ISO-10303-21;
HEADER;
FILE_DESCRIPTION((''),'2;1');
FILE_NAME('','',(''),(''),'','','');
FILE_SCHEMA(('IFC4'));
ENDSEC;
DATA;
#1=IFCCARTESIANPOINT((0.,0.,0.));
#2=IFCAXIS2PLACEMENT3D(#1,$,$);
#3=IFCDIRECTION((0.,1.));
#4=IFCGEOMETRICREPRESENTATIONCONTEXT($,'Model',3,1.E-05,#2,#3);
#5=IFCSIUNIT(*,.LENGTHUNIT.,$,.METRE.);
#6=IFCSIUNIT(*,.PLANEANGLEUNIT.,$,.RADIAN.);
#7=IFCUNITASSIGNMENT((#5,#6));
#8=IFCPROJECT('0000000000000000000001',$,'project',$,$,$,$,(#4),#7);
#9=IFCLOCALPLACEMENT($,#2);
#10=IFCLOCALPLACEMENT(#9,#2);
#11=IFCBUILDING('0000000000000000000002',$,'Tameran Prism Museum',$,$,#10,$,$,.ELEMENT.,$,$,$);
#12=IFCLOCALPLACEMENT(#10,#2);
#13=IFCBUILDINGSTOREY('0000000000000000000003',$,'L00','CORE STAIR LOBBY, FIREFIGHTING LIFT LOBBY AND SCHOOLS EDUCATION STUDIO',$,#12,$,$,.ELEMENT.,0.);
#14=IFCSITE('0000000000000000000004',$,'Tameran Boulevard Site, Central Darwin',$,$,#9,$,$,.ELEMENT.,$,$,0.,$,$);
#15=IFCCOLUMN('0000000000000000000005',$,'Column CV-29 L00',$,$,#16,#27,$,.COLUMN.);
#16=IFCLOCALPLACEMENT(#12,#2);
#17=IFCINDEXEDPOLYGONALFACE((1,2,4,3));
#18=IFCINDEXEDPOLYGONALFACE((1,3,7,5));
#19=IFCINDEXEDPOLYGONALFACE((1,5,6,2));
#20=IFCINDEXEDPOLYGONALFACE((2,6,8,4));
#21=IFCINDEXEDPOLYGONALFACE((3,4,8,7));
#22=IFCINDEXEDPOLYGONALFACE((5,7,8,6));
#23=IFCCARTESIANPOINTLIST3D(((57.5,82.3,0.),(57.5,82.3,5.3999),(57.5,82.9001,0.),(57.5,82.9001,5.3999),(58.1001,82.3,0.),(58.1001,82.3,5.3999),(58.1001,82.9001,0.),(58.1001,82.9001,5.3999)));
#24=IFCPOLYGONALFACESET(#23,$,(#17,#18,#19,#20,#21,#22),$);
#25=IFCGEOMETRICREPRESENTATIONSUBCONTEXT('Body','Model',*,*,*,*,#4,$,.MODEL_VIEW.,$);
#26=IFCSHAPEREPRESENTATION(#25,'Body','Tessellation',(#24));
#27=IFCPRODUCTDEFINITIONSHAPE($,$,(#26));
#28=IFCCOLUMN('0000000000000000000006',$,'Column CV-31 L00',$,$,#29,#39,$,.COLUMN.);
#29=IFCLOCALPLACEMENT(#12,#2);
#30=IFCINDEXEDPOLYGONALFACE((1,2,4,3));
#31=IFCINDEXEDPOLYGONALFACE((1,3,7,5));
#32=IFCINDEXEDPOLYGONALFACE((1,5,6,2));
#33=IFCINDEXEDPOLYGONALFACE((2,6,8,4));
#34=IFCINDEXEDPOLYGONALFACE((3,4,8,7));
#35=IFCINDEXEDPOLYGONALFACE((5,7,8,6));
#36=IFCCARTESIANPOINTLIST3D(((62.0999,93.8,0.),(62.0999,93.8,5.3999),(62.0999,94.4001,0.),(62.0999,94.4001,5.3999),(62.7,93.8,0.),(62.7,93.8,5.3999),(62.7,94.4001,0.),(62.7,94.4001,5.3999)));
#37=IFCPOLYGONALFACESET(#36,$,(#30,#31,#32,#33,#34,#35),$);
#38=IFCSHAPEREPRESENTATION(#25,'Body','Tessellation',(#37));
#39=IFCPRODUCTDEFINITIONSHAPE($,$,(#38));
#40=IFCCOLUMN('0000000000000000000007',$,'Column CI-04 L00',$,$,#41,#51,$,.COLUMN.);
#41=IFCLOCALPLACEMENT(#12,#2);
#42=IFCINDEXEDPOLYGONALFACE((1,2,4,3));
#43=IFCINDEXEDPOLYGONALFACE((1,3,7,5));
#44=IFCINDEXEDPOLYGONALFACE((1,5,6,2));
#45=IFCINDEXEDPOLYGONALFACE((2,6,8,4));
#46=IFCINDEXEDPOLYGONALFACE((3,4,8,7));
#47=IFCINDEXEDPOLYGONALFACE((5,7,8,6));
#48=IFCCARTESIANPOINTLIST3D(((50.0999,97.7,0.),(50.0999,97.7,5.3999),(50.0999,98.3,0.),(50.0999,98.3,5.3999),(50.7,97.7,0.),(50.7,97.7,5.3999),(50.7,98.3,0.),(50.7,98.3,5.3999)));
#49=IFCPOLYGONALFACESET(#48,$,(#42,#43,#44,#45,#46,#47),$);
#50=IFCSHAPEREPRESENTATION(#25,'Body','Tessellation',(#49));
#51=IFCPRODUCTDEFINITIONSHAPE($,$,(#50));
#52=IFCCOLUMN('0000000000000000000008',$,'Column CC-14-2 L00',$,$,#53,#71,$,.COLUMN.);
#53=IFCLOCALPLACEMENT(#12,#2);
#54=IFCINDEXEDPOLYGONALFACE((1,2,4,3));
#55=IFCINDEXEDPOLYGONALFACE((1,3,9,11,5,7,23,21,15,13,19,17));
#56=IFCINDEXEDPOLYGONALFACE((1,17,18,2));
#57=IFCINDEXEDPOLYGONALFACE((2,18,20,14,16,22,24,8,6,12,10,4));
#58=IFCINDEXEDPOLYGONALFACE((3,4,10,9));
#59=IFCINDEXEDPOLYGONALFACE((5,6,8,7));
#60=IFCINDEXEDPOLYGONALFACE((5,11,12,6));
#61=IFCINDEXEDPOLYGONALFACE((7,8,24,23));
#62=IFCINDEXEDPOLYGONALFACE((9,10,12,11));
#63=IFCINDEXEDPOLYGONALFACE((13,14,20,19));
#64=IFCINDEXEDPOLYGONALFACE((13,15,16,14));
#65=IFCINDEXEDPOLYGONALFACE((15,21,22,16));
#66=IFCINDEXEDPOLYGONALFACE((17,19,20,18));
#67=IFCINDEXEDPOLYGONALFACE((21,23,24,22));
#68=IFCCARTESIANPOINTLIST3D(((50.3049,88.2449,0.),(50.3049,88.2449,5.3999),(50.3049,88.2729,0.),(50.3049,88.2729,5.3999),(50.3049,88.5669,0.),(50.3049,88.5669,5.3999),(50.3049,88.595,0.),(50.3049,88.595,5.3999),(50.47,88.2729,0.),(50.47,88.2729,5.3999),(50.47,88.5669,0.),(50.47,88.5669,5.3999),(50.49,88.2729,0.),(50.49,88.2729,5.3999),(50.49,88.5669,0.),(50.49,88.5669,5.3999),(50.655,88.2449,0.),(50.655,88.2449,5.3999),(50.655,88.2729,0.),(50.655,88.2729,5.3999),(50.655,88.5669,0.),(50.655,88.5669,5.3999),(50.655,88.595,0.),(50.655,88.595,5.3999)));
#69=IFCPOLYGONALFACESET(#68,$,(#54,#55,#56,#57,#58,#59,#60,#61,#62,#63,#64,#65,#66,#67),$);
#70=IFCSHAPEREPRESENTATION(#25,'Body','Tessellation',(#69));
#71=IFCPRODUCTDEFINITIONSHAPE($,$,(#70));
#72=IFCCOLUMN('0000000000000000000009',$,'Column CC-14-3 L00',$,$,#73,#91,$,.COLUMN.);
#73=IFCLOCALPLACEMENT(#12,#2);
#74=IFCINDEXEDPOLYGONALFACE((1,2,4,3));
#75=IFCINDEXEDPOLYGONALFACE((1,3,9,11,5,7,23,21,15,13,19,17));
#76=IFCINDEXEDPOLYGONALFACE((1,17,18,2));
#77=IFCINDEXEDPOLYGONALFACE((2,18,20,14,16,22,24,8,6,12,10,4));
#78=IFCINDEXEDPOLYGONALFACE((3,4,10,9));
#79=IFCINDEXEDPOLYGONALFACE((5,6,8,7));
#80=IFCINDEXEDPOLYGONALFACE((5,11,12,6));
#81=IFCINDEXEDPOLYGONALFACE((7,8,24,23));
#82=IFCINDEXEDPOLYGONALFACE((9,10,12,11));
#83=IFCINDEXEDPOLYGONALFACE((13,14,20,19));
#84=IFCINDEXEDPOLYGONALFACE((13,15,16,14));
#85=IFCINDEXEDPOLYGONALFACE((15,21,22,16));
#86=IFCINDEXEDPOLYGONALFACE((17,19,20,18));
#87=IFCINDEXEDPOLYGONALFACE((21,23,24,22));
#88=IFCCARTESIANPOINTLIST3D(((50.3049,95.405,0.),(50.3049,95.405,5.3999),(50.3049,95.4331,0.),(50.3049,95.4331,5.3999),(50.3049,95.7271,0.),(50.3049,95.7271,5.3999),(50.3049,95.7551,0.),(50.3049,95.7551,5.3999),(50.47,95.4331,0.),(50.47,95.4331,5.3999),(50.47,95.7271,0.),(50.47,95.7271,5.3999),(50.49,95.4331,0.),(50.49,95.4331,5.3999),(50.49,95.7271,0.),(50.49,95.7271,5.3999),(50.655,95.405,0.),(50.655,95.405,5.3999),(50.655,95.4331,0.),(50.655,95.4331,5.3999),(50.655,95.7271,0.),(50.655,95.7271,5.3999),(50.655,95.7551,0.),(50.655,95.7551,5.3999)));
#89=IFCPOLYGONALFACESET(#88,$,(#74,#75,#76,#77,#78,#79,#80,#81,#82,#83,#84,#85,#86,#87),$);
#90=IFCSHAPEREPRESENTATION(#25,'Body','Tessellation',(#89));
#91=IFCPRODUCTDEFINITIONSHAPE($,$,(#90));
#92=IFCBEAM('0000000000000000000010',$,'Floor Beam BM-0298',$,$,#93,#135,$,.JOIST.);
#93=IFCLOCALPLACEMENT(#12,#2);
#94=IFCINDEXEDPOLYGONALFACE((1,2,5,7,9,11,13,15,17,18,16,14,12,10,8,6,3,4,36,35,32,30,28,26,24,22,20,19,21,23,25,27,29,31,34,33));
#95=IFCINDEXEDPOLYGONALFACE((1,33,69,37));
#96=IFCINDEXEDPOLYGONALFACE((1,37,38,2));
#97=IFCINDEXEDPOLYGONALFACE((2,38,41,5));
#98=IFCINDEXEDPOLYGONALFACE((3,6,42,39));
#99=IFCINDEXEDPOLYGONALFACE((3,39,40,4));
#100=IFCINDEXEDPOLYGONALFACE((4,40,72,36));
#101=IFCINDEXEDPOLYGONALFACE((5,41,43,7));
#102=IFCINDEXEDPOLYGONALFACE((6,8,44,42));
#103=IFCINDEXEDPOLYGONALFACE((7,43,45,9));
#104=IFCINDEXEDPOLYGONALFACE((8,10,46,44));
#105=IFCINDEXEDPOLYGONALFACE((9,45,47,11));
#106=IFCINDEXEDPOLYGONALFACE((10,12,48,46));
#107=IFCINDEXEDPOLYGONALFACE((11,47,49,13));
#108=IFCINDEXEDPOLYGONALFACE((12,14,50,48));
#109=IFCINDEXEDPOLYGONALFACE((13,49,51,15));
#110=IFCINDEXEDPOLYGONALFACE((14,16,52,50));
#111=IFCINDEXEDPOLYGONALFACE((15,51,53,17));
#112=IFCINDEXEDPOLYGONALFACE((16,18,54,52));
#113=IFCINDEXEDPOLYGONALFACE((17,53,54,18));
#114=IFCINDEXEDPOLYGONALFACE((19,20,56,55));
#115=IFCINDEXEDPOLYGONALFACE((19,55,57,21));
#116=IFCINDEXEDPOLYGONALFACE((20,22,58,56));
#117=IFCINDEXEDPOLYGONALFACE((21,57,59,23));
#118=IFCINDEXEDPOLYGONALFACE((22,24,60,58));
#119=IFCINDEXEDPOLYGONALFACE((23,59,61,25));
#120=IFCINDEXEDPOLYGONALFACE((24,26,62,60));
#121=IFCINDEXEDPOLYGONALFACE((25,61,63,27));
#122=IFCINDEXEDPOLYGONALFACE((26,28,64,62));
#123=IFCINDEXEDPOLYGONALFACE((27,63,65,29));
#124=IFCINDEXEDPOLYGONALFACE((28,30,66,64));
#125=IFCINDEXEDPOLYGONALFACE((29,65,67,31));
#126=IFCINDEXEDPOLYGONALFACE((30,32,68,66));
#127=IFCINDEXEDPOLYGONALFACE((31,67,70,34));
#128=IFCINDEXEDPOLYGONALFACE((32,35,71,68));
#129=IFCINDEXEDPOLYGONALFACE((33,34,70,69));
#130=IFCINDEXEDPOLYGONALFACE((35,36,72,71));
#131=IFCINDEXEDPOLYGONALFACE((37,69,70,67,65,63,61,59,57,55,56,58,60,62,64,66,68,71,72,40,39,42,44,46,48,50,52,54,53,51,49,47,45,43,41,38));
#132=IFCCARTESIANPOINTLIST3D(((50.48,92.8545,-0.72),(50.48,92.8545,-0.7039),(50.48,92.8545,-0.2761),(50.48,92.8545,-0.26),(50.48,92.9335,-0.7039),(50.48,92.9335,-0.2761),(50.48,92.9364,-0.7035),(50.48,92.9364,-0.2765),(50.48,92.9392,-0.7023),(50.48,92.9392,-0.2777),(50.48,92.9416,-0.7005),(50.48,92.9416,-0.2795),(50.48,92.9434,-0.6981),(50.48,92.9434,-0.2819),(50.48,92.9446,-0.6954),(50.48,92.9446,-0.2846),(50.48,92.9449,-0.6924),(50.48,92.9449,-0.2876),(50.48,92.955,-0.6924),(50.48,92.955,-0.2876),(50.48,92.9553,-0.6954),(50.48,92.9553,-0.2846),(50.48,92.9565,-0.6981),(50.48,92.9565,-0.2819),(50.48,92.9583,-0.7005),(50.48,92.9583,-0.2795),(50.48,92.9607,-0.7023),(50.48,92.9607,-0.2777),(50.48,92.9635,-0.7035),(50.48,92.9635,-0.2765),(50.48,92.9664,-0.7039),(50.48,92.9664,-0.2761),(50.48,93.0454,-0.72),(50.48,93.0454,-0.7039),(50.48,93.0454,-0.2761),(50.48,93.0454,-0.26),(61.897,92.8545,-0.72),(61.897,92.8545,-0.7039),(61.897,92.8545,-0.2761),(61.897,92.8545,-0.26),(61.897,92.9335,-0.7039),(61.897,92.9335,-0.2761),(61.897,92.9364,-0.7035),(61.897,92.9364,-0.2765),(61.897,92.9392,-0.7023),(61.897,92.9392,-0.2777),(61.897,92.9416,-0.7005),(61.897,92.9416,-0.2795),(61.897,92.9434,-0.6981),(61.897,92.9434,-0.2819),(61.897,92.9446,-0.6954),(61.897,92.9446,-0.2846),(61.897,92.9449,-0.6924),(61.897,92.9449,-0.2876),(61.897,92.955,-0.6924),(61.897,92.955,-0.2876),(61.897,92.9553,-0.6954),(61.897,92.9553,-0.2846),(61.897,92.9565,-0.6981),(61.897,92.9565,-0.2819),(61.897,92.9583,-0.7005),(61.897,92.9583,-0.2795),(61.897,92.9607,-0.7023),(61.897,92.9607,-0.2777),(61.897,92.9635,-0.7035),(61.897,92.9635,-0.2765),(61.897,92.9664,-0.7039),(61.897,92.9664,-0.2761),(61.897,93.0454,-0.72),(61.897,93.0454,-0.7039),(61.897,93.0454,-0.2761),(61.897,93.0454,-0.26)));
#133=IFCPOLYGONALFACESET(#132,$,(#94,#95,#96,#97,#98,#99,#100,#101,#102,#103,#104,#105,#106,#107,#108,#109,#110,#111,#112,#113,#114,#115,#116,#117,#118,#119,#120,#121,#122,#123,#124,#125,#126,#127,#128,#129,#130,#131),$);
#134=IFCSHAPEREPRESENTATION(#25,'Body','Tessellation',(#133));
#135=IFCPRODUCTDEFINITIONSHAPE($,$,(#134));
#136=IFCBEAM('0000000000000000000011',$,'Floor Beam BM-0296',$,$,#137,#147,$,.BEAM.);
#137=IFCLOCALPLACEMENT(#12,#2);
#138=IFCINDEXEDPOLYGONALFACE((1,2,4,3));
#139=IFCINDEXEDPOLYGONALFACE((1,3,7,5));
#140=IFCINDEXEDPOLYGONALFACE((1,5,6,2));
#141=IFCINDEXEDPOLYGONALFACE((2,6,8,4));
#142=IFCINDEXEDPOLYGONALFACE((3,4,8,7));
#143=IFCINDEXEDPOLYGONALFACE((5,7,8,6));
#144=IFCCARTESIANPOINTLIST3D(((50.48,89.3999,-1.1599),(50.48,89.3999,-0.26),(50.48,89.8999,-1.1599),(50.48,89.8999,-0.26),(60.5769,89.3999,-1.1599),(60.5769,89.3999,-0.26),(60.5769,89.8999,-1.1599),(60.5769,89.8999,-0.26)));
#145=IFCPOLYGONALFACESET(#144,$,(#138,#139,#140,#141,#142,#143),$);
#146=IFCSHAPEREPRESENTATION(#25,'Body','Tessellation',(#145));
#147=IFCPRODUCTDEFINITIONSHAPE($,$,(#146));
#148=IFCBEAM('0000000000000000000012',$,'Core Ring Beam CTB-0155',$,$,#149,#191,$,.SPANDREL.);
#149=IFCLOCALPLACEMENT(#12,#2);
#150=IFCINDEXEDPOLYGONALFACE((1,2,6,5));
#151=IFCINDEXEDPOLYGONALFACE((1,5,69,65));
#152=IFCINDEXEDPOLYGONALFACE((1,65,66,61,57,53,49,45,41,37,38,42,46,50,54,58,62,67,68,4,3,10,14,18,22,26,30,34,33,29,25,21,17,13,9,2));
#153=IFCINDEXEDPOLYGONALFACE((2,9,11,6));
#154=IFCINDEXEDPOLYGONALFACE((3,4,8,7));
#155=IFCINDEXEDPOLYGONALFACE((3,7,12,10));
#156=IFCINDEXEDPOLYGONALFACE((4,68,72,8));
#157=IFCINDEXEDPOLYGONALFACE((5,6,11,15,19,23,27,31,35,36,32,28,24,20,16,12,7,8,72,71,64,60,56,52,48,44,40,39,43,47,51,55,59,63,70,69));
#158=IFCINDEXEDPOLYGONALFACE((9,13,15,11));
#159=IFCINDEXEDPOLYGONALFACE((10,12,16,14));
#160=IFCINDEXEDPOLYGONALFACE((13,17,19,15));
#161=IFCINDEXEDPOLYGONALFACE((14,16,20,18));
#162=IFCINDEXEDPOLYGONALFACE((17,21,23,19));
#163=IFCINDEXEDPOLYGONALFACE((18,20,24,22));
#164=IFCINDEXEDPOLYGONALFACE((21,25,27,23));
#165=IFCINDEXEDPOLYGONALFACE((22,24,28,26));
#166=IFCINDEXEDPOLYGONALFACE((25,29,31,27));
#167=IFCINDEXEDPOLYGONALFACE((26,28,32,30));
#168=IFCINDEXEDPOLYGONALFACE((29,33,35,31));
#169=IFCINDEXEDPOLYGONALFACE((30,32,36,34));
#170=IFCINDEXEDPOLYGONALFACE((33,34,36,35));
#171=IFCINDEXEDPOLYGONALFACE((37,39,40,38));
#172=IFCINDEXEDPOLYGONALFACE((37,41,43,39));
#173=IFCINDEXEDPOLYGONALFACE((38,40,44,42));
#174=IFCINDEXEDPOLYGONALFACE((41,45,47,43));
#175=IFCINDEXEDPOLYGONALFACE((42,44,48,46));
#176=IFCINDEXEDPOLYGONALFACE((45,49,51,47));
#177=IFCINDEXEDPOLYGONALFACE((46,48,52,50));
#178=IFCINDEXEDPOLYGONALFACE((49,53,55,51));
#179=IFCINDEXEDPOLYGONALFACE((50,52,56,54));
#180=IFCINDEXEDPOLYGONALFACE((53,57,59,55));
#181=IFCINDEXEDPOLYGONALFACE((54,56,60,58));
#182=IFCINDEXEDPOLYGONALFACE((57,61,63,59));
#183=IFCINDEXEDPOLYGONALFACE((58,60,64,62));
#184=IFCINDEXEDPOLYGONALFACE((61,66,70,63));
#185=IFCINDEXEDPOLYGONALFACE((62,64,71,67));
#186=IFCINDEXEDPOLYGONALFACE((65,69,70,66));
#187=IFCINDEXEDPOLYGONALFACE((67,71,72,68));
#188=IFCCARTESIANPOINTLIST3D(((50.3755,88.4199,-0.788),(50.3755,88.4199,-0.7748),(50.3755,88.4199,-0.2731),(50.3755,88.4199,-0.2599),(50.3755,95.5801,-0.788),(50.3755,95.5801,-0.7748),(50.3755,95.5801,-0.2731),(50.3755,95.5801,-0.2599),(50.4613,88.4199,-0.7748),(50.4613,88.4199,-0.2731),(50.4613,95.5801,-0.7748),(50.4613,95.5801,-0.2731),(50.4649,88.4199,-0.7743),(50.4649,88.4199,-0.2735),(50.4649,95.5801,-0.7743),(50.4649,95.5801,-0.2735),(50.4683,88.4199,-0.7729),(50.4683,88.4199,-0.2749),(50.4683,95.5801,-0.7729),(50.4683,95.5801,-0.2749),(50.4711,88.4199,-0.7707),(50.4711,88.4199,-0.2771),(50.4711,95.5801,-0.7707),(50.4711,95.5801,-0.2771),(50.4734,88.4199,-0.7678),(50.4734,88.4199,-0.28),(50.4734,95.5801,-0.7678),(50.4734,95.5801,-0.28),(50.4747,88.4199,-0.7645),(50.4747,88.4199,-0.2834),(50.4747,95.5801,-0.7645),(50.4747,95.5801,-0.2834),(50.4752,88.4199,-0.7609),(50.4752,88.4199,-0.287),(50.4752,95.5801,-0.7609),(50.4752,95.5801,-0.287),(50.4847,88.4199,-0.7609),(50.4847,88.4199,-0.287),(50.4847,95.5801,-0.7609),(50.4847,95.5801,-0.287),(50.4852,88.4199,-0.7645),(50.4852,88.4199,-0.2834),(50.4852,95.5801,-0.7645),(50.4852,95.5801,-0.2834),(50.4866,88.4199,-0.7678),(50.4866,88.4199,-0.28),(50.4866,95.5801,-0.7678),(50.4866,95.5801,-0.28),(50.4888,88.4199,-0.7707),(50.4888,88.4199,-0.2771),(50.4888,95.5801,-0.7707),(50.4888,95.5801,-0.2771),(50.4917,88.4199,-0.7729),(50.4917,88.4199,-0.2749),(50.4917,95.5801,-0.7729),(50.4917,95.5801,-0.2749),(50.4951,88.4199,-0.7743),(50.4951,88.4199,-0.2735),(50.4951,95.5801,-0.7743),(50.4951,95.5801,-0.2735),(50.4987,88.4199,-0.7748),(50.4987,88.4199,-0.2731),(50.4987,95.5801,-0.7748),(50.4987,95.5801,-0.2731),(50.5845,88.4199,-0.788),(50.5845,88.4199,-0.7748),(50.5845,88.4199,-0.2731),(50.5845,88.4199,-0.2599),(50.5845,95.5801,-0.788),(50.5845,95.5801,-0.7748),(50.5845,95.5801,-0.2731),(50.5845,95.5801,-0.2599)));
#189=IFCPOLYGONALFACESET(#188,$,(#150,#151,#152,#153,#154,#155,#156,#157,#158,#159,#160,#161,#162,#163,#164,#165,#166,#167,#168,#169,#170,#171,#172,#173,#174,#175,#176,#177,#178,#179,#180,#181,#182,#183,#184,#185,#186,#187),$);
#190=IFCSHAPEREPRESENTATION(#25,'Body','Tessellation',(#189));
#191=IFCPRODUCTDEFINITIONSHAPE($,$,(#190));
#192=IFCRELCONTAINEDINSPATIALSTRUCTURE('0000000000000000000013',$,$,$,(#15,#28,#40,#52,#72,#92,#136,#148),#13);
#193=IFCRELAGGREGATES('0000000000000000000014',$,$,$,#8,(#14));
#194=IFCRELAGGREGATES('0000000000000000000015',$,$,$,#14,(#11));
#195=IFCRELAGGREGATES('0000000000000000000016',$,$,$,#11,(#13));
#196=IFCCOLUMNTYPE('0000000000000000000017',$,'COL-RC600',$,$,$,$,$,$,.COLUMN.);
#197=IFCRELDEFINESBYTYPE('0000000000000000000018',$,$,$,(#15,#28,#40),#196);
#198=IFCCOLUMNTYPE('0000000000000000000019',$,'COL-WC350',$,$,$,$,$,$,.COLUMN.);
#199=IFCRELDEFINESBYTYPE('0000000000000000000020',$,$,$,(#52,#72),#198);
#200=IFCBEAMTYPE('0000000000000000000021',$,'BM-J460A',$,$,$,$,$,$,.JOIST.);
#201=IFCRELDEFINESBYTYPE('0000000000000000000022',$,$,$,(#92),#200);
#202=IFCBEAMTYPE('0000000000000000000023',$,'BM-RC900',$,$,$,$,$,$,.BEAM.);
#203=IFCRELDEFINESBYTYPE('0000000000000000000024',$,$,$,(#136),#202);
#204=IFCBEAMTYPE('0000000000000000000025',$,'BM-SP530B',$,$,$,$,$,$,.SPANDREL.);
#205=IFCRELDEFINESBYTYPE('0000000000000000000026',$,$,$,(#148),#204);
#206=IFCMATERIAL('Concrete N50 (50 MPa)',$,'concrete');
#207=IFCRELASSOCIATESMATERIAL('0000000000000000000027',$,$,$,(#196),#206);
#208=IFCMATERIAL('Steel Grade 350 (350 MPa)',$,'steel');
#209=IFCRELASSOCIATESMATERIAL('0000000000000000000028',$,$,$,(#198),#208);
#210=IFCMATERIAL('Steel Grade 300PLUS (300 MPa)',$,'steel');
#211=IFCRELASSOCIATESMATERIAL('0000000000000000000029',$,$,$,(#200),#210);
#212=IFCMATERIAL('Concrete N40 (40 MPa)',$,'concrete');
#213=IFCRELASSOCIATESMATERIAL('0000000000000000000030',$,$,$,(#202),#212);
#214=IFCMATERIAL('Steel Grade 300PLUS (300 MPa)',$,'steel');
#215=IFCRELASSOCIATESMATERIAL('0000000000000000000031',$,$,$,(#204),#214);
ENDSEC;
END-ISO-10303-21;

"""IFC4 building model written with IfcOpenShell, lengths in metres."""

from ifc_helpers import new_model, si_unit, direction, frame, origin, origin_2d, place, context, subcontext, project, spatial, rectangle, i_section, extrude, material, material_profile, profile_set, type_object, element, save


model = new_model("IFC4")

# Units and contexts
model_context = context("Model", 3, precision=1e-05, world=origin(), true_north=direction((0.0, 1.0)))
body_context = subcontext(model_context, "Body", "Model", "MODEL_VIEW")
ifc_project = project(units=[si_unit("LENGTHUNIT", "METRE"), si_unit("PLANEANGLEUNIT", "RADIAN")], contexts=[model_context])

# Site, building, storey
site_placement = place(None, origin())
site = spatial("IfcSite", under=ifc_project, at=site_placement, Name="Tameran Boulevard Site, Central Darwin", CompositionType="ELEMENT", RefElevation=0.0)
building_placement = place(site_placement, origin())
building = spatial("IfcBuilding", under=site, at=building_placement, Name="Tameran Prism Museum", CompositionType="ELEMENT")
storey_placement = place(building_placement, origin())
storey = spatial("IfcBuildingStorey", under=building, at=storey_placement, Name="L00", Description="CORE STAIR LOBBY, FIREFIGHTING LIFT LOBBY AND SCHOOLS EDUCATION STUDIO", CompositionType="ELEMENT", Elevation=0.0)

# Columns
ifc_material_1 = material(Name="Concrete N50 (50 MPa)", Category="concrete")
ifc_material_profile_1 = material_profile(ifc_material_1, rectangle(XDim=0.6001, YDim=0.6001, at=origin_2d()))
ifc_profile_set_1 = profile_set([ifc_material_profile_1])
column_type_1 = type_object("IfcColumnType", Name="COL-RC600", PredefinedType="COLUMN", material=ifc_profile_set_1)
for number, where, z_axis, x_axis, name in (
    (1, (57.8, 82.6001, 0.0), (0.0, 0.0, 1.0), (1.0, 0.0, 0.0), "Column CV-29 L00"),
    (2, (62.3999, 94.1001, 0.0), (0.0, 0.0, 1.0), (1.0, 0.0, 0.0), "Column CV-31 L00"),
    (3, (50.3999, 98.0, 0.0), (0.0, 0.0, 1.0), (1.0, 0.0, 0.0), "Column CI-04 L00"),
):
    element("IfcColumn", number, at=place(storey_placement, frame(where, z_axis=z_axis, x_axis=x_axis)), inside=storey, type_object=column_type_1, Name=name, PredefinedType="COLUMN", context=body_context, shape_type="SweptSolid", body=[
        extrude(rectangle(XDim=0.6001, YDim=0.6001, at=origin_2d()), origin(), (0.0, 0.0, 1.0), 5.3999),
    ])
ifc_material_2 = material(Name="Steel Grade 350 (350 MPa)", Category="steel")
ifc_material_profile_2 = material_profile(ifc_material_2, i_section(OverallWidth=0.3501, OverallDepth=0.3501, WebThickness=0.02, FlangeThickness=0.0281, at=origin_2d()))
ifc_profile_set_2 = profile_set([ifc_material_profile_2])
column_type_2 = type_object("IfcColumnType", Name="COL-WC350", PredefinedType="COLUMN", material=ifc_profile_set_2)
for number, where, z_axis, x_axis, name in (
    (4, (50.48, 88.4199, 0.0), (0.0, 0.0, 1.0), (1.0, 0.0, 0.0), "Column CC-14-2 L00"),
    (5, (50.48, 95.5801, 0.0), (0.0, 0.0, 1.0), (1.0, 0.0, 0.0), "Column CC-14-3 L00"),
):
    element("IfcColumn", number, at=place(storey_placement, frame(where, z_axis=z_axis, x_axis=x_axis)), inside=storey, type_object=column_type_2, Name=name, PredefinedType="COLUMN", context=body_context, shape_type="SweptSolid", body=[
        extrude(i_section(OverallWidth=0.3501, OverallDepth=0.3501, WebThickness=0.02, FlangeThickness=0.0281, at=origin_2d()), origin(), (0.0, 0.0, 1.0), 5.3999),
    ])

# Beams
ifc_material_3 = material(Name="Steel Grade 300PLUS (300 MPa)", Category="steel")
ifc_material_profile_3 = material_profile(ifc_material_3, i_section(OverallWidth=0.1909, OverallDepth=0.46, WebThickness=0.01, FlangeThickness=0.0161, FilletRadius=0.0115, at=origin_2d()))
ifc_profile_set_3 = profile_set([ifc_material_profile_3])
beam_type_1 = type_object("IfcBeamType", Name="BM-J460A", PredefinedType="JOIST", material=ifc_profile_set_3)
beam_1_placement = place(storey_placement, frame((50.48, 92.95, -0.49), z_axis=(1.0, 0.0, 0.0), x_axis=(0.0, 1.0, 0.0)))
element("IfcBeam", 6, at=beam_1_placement, inside=storey, type_object=beam_type_1, Name="Floor Beam BM-0298", PredefinedType="JOIST", context=body_context, shape_type="SweptSolid", body=[
    extrude(i_section(OverallWidth=0.1909, OverallDepth=0.46, WebThickness=0.01, FlangeThickness=0.0161, FilletRadius=0.0115, at=origin_2d()), origin(), (0.0, 0.0, 1.0), 11.417),
])
ifc_material_4 = material(Name="Concrete N40 (40 MPa)", Category="concrete")
ifc_material_profile_4 = material_profile(ifc_material_4, rectangle(XDim=0.5, YDim=0.8999, at=origin_2d()))
ifc_profile_set_4 = profile_set([ifc_material_profile_4])
beam_type_2 = type_object("IfcBeamType", Name="BM-RC900", PredefinedType="BEAM", material=ifc_profile_set_4)
beam_2_placement = place(storey_placement, frame((50.48, 89.6499, -0.71), z_axis=(1.0, 0.0, 0.0), x_axis=(0.0, 1.0, 0.0)))
element("IfcBeam", 7, at=beam_2_placement, inside=storey, type_object=beam_type_2, Name="Floor Beam BM-0296", PredefinedType="BEAM", context=body_context, shape_type="SweptSolid", body=[
    extrude(rectangle(XDim=0.5, YDim=0.8999, at=origin_2d()), origin(), (0.0, 0.0, 1.0), 10.0969),
])
ifc_material_5 = material(Name="Steel Grade 300PLUS (300 MPa)", Category="steel")
ifc_material_profile_5 = material_profile(ifc_material_5, i_section(OverallWidth=0.209, OverallDepth=0.5281, WebThickness=0.0095, FlangeThickness=0.0132, FilletRadius=0.0139, at=origin_2d()))
ifc_profile_set_5 = profile_set([ifc_material_profile_5])
beam_type_3 = type_object("IfcBeamType", Name="BM-SP530B", PredefinedType="SPANDREL", material=ifc_profile_set_5)
beam_3_placement = place(storey_placement, frame((50.48, 88.4199, -0.5239), z_axis=(0.0, 1.0, 0.0), x_axis=(-1.0, 0.0, 0.0)))
element("IfcBeam", 8, at=beam_3_placement, inside=storey, type_object=beam_type_3, Name="Core Ring Beam CTB-0155", PredefinedType="SPANDREL", context=body_context, shape_type="SweptSolid", body=[
    extrude(i_section(OverallWidth=0.209, OverallDepth=0.5281, WebThickness=0.0095, FlangeThickness=0.0132, FilletRadius=0.0139, at=origin_2d()), origin(), (0.0, 0.0, 1.0), 7.1602),
])

save(model, "model.ifc")
